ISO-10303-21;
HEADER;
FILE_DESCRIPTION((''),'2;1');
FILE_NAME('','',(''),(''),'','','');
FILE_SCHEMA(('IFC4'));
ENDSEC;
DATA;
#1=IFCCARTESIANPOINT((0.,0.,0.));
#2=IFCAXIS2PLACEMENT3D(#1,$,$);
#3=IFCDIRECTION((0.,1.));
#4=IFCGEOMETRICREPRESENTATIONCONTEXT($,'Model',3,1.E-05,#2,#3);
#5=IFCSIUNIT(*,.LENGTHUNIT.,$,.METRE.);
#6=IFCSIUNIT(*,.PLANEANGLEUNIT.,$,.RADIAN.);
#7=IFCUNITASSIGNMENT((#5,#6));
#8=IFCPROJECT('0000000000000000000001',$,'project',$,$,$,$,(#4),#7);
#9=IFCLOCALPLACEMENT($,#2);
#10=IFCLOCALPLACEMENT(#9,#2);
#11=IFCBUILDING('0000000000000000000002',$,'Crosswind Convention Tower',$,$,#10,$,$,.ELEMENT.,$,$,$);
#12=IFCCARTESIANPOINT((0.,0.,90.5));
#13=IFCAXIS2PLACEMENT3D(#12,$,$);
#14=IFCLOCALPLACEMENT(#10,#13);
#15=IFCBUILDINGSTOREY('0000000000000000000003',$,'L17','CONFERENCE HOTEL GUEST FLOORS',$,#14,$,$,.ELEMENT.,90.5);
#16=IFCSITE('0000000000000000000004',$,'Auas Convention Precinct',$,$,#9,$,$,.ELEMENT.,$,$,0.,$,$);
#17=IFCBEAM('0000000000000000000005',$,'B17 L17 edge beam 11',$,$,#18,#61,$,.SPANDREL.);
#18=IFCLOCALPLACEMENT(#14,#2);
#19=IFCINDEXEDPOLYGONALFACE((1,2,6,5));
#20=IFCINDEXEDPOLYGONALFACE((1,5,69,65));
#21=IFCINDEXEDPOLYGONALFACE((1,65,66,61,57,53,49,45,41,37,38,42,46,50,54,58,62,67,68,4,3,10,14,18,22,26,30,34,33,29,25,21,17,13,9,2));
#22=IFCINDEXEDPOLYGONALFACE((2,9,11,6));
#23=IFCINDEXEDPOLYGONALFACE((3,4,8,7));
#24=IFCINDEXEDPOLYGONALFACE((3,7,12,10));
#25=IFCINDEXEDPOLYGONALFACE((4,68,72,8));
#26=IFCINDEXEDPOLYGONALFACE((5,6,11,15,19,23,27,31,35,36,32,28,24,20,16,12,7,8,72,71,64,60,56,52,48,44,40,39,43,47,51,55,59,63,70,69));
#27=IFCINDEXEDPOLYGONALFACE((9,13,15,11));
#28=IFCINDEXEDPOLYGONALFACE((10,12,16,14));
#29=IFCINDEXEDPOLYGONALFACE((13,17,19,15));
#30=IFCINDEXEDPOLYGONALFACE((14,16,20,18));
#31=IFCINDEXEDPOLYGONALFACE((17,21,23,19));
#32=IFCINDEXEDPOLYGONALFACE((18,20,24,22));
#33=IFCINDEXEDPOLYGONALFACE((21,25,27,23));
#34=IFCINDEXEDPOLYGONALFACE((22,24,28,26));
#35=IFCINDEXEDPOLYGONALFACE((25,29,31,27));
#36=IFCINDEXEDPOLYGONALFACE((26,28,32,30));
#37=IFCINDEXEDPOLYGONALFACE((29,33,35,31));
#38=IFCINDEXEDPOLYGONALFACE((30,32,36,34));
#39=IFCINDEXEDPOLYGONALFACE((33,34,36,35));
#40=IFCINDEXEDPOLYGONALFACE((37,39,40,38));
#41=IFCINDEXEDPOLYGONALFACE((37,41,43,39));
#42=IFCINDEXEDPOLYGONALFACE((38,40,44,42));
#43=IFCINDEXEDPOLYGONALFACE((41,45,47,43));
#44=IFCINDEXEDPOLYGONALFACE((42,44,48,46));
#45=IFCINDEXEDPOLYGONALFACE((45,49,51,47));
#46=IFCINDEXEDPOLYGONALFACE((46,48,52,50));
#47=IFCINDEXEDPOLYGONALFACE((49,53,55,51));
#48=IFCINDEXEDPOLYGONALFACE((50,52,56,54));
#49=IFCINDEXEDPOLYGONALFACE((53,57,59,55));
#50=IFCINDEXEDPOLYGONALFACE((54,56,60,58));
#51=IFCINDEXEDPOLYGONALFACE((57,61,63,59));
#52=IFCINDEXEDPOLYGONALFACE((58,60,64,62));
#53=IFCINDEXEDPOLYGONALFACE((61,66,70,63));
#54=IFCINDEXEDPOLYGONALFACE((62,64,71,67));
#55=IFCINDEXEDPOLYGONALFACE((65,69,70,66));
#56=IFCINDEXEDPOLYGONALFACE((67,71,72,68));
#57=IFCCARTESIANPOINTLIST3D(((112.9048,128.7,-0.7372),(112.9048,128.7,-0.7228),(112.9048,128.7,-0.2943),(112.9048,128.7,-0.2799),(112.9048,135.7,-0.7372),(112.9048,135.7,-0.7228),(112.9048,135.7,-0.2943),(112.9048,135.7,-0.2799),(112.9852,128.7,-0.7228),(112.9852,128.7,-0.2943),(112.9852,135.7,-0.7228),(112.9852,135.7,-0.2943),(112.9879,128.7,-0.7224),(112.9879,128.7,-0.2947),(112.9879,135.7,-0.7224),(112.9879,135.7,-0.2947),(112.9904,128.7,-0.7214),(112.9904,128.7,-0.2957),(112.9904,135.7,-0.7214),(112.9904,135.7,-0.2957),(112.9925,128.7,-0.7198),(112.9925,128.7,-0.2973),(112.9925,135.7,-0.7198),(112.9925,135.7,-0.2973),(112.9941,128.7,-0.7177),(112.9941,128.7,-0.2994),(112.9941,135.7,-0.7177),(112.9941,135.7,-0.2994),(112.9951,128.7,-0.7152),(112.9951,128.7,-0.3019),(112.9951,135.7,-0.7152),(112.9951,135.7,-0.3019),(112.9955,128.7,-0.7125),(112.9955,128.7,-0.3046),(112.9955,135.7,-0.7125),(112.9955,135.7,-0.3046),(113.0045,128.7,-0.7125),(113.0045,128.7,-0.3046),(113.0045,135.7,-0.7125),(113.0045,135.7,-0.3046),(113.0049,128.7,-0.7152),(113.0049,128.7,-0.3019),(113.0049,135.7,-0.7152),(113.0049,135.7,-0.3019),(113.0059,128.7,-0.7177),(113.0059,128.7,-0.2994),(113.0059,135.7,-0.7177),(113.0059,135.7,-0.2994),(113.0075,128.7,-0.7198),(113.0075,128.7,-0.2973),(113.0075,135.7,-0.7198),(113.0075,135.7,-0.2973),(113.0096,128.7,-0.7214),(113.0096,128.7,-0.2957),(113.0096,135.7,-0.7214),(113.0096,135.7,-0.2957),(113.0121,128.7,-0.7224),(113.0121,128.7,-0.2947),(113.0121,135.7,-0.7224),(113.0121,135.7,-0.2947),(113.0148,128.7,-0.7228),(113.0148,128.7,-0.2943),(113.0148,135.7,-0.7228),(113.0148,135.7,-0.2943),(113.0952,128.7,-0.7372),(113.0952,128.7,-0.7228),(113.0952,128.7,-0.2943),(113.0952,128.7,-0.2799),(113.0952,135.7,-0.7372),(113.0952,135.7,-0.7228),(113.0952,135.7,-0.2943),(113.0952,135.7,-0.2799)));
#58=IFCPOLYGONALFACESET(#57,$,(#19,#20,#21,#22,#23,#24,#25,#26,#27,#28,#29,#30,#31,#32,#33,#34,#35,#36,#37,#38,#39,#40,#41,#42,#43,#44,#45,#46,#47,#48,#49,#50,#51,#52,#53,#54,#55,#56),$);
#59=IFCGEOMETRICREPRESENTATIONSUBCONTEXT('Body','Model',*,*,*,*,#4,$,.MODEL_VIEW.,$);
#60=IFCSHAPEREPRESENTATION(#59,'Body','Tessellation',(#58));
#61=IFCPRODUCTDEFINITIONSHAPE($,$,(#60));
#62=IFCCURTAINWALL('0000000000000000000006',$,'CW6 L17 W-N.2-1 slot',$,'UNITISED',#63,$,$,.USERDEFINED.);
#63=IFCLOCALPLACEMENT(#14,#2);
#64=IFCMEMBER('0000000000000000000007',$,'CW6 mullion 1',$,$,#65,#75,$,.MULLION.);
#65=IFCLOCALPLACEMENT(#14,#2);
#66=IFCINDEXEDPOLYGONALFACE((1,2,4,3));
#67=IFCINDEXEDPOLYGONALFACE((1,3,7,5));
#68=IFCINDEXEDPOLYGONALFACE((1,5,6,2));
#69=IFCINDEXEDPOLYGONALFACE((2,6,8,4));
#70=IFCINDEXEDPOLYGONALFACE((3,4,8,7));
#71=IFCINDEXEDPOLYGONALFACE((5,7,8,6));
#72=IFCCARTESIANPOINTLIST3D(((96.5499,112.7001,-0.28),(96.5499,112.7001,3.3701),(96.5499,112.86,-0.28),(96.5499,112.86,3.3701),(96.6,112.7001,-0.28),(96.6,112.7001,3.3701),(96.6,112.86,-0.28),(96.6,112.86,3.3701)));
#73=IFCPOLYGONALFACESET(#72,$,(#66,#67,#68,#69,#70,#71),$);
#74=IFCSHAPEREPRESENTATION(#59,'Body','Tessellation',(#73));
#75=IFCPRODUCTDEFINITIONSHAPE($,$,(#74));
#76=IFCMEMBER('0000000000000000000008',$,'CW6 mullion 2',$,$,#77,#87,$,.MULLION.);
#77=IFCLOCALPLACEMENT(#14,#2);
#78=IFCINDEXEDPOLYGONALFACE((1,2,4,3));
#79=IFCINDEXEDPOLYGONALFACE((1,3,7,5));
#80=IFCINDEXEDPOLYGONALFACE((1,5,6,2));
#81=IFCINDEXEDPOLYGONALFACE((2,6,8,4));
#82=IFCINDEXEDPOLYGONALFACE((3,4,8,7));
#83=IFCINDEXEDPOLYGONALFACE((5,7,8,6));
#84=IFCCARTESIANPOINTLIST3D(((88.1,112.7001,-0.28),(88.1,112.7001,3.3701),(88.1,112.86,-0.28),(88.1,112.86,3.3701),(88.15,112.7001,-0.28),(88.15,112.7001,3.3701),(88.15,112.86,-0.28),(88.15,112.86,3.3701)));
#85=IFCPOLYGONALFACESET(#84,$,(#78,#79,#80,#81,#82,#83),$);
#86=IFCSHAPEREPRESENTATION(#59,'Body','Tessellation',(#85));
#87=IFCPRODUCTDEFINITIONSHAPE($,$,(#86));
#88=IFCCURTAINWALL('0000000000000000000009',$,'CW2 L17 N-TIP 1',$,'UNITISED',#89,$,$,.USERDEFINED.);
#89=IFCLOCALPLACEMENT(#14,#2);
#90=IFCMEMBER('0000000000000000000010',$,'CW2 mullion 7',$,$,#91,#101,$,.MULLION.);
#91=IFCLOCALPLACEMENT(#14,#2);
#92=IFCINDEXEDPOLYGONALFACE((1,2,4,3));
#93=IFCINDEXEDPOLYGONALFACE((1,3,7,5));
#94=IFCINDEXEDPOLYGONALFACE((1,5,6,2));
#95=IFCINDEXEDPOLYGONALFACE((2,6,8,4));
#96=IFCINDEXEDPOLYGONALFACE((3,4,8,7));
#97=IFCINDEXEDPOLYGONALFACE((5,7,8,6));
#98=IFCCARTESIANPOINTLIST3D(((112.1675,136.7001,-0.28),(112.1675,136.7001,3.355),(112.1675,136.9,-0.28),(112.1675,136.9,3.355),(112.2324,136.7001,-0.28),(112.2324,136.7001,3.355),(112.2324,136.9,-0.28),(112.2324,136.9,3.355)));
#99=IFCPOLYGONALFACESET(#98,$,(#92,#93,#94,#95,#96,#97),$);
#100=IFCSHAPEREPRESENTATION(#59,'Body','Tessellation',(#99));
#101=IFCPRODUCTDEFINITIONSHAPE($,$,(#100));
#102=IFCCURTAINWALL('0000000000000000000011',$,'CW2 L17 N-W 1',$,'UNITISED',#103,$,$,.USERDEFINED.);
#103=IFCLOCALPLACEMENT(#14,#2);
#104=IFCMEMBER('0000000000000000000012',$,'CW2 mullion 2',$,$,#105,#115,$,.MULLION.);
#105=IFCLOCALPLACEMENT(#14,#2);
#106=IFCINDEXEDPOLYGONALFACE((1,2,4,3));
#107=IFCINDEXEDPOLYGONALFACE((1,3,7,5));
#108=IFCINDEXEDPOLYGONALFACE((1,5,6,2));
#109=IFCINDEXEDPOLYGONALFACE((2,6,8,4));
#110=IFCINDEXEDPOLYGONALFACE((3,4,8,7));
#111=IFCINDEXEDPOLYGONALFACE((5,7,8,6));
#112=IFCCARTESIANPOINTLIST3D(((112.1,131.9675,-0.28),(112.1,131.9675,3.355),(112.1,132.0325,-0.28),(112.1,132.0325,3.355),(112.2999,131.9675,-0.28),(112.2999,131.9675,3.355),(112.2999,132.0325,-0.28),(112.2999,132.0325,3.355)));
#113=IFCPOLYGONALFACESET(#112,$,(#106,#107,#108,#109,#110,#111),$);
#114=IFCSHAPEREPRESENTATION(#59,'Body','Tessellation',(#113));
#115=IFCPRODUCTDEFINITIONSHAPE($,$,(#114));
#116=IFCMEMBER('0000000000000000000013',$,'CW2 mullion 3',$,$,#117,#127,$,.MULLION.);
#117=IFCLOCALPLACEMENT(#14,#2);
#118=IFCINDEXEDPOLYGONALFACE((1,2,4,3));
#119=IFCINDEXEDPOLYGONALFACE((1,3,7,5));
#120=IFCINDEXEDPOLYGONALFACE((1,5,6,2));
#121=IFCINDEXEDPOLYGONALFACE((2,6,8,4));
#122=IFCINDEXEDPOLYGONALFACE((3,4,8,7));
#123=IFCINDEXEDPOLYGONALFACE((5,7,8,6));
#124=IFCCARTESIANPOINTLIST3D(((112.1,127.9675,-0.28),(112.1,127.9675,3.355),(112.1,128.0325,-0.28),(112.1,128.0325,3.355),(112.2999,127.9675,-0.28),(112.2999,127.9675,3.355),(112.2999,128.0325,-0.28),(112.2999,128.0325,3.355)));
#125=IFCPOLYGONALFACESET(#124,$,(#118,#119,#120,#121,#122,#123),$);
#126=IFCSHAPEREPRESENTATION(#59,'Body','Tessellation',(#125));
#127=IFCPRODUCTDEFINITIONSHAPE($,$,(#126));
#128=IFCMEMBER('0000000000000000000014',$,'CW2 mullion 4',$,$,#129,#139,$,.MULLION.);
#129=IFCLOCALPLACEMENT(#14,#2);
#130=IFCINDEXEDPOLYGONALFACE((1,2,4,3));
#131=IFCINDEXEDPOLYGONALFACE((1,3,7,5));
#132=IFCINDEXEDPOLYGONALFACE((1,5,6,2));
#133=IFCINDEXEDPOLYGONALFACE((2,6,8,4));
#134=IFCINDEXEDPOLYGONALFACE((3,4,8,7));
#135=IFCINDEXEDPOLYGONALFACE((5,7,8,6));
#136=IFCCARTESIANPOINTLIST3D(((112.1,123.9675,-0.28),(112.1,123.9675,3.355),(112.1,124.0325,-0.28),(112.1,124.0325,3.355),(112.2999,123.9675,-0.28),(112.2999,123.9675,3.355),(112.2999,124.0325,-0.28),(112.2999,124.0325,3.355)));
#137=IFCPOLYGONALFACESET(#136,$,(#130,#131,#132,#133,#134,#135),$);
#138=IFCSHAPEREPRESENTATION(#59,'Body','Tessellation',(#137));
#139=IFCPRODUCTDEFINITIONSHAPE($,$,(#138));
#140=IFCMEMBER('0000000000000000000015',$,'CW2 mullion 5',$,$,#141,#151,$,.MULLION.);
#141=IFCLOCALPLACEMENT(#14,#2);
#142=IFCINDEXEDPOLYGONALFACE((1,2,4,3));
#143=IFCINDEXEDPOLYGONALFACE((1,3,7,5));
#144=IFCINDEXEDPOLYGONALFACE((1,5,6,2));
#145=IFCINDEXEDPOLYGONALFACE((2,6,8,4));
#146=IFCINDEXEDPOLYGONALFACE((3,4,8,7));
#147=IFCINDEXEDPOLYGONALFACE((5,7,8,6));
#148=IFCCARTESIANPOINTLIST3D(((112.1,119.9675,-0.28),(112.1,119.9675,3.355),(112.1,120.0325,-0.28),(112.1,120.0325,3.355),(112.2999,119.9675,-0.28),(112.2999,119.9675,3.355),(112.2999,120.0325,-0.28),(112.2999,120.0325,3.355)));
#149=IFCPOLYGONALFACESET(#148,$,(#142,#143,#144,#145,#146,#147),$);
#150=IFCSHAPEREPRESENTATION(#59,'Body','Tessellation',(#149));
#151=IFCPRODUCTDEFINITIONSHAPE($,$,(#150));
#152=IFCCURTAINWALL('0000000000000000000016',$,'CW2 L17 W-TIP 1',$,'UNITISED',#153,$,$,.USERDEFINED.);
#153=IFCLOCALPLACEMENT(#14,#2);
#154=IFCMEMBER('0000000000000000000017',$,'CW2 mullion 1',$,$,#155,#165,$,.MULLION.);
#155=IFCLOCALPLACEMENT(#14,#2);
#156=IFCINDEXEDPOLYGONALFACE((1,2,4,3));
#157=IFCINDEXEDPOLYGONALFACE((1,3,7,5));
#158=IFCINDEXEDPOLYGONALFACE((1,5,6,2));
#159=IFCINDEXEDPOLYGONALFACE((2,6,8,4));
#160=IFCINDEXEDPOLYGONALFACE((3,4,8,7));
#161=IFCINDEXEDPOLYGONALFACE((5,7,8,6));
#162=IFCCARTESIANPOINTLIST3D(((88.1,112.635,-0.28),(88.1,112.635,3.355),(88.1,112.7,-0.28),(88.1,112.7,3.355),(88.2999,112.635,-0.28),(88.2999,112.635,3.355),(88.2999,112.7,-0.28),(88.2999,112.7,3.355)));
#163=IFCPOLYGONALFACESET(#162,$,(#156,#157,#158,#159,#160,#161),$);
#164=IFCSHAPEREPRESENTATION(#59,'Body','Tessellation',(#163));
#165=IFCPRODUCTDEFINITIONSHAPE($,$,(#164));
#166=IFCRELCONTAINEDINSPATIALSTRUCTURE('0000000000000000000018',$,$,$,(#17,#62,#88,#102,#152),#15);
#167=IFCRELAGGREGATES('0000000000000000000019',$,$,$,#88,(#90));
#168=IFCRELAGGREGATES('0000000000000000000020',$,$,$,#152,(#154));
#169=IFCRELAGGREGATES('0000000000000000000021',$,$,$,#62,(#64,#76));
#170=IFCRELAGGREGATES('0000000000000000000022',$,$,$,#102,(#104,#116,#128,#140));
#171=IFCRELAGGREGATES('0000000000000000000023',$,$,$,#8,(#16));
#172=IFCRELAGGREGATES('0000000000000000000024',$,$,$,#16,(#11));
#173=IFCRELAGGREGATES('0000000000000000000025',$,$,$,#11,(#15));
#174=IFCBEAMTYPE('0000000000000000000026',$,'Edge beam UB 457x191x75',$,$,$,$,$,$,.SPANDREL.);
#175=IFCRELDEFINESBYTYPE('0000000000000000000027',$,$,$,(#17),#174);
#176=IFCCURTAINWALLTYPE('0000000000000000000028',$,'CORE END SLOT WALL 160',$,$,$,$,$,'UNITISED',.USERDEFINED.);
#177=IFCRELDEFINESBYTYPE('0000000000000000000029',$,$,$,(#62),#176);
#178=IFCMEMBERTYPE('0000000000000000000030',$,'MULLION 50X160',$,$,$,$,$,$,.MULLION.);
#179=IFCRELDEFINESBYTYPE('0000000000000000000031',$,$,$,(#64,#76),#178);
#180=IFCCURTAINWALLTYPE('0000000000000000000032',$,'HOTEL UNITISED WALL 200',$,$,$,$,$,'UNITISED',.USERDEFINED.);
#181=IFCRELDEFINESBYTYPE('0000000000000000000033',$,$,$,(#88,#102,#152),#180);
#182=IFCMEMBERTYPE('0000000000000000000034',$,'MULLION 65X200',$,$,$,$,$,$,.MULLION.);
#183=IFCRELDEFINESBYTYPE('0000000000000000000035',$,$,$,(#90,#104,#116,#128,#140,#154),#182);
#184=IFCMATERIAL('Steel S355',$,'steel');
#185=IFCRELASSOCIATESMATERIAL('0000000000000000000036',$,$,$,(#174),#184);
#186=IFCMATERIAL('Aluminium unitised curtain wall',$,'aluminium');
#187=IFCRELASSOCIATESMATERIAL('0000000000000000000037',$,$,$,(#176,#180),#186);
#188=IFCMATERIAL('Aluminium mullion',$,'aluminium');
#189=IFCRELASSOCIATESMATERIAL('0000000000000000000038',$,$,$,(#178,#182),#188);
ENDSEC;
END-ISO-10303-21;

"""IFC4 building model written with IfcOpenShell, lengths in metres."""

from ifc_helpers import new_model, si_unit, direction, frame, origin, origin_2d, place, context, subcontext, project, spatial, rectangle, i_section, extrude, material, material_profile, profile_set, type_object, element, aggregate, save


model = new_model("IFC4")

# Units and contexts
model_context = context("Model", 3, precision=1e-05, world=origin(), true_north=direction((0.0, 1.0)))
body_context = subcontext(model_context, "Body", "Model", "MODEL_VIEW")
ifc_project = project(units=[si_unit("LENGTHUNIT", "METRE"), si_unit("PLANEANGLEUNIT", "RADIAN")], contexts=[model_context])

# Site, building, storey
site_placement = place(None, origin())
site = spatial("IfcSite", under=ifc_project, at=site_placement, Name="Auas Convention Precinct", CompositionType="ELEMENT", RefElevation=0.0)
building_placement = place(site_placement, origin())
building = spatial("IfcBuilding", under=site, at=building_placement, Name="Crosswind Convention Tower", CompositionType="ELEMENT")
storey_placement = place(building_placement, frame((0.0, 0.0, 90.5)))
storey = spatial("IfcBuildingStorey", under=building, at=storey_placement, Name="L17", Description="CONFERENCE HOTEL GUEST FLOORS", CompositionType="ELEMENT", Elevation=90.5)

# Beam
ifc_material_1 = material(Name="Steel S355", Category="steel")
ifc_material_profile_1 = material_profile(ifc_material_1, i_section(OverallWidth=0.1904, OverallDepth=0.4573, WebThickness=0.009, FlangeThickness=0.0144, FilletRadius=0.0103, at=origin_2d()), Name="UB 457x191x75")
ifc_profile_set_1 = profile_set([ifc_material_profile_1], Name="Steel S355")
beam_type_1 = type_object("IfcBeamType", Name="Edge beam UB 457x191x75", PredefinedType="SPANDREL", material=ifc_profile_set_1)
beam_1_placement = place(storey_placement, frame((113.0, 128.7, -0.5085), z_axis=(0.0, 1.0, 0.0), x_axis=(-1.0, 0.0, 0.0)))
element("IfcBeam", 1, at=beam_1_placement, inside=storey, type_object=beam_type_1, Name="B17 L17 edge beam 11", PredefinedType="SPANDREL", context=body_context, shape_type="SweptSolid", body=[
    extrude(i_section(OverallWidth=0.1904, OverallDepth=0.4573, WebThickness=0.009, FlangeThickness=0.0144, FilletRadius=0.0103, at=origin_2d()), origin(), (0.0, 0.0, 1.0), 7.0),
])

# Curtain wall, members
ifc_material_2 = material(Name="Aluminium unitised curtain wall", Category="aluminium")
curtain_wall_type_1 = type_object("IfcCurtainWallType", Name="CORE END SLOT WALL 160", ElementType="UNITISED", PredefinedType="USERDEFINED", material=ifc_material_2)
curtain_wall_1_placement = place(storey_placement, origin())
curtain_wall_1 = element("IfcCurtainWall", 2, at=curtain_wall_1_placement, inside=storey, type_object=curtain_wall_type_1, Name="CW6 L17 W-N.2-1 slot", ObjectType="UNITISED", PredefinedType="USERDEFINED")
ifc_material_3 = material(Name="Aluminium mullion", Category="aluminium")
ifc_material_profile_2 = material_profile(ifc_material_3, rectangle(XDim=0.1599, YDim=0.05, at=origin_2d()), Name="AL 160X50")
ifc_profile_set_2 = profile_set([ifc_material_profile_2], Name="Aluminium mullion")
member_type_1 = type_object("IfcMemberType", Name="MULLION 50X160", PredefinedType="MULLION", material=ifc_profile_set_2)
member_1_placement = place(storey_placement, frame((96.575, 112.78, -0.28), z_axis=(0.0, 0.0, 1.0), x_axis=(0.0, 1.0, 0.0)))
member_1 = element("IfcMember", 3, at=member_1_placement, type_object=member_type_1, Name="CW6 mullion 1", PredefinedType="MULLION", context=body_context, shape_type="SweptSolid", body=[
    extrude(rectangle(XDim=0.1599, YDim=0.05, at=origin_2d()), origin(), (0.0, 0.0, 1.0), 3.6501),
])
member_2_placement = place(storey_placement, frame((88.125, 112.78, -0.28), z_axis=(0.0, 0.0, 1.0), x_axis=(0.0, 1.0, 0.0)))
member_2 = element("IfcMember", 4, at=member_2_placement, type_object=member_type_1, Name="CW6 mullion 2", PredefinedType="MULLION", context=body_context, shape_type="SweptSolid", body=[
    extrude(rectangle(XDim=0.1599, YDim=0.05, at=origin_2d()), origin(), (0.0, 0.0, 1.0), 3.6501),
])

# Curtain wall, member
curtain_wall_type_2 = type_object("IfcCurtainWallType", Name="HOTEL UNITISED WALL 200", ElementType="UNITISED", PredefinedType="USERDEFINED", material=ifc_material_2)
curtain_wall_2_placement = place(storey_placement, origin())
curtain_wall_2 = element("IfcCurtainWall", 5, at=curtain_wall_2_placement, inside=storey, type_object=curtain_wall_type_2, Name="CW2 L17 N-TIP 1", ObjectType="UNITISED", PredefinedType="USERDEFINED")
ifc_material_profile_3 = material_profile(ifc_material_3, rectangle(XDim=0.2, YDim=0.0649, at=origin_2d()), Name="AL 200X65")
ifc_profile_set_3 = profile_set([ifc_material_profile_3], Name="Aluminium mullion")
member_type_2 = type_object("IfcMemberType", Name="MULLION 65X200", PredefinedType="MULLION", material=ifc_profile_set_3)
member_3_placement = place(storey_placement, frame((112.2, 136.8, -0.28), z_axis=(0.0, 0.0, 1.0), x_axis=(0.0, 1.0, 0.0)))
member_3 = element("IfcMember", 6, at=member_3_placement, type_object=member_type_2, Name="CW2 mullion 7", PredefinedType="MULLION", context=body_context, shape_type="SweptSolid", body=[
    extrude(rectangle(XDim=0.2, YDim=0.0649, at=origin_2d()), origin(), (0.0, 0.0, 1.0), 3.635),
])
aggregate(curtain_wall_2, [member_3])

# Curtain wall, members
curtain_wall_3_placement = place(storey_placement, origin())
curtain_wall_3 = element("IfcCurtainWall", 7, at=curtain_wall_3_placement, inside=storey, type_object=curtain_wall_type_2, Name="CW2 L17 N-W 1", ObjectType="UNITISED", PredefinedType="USERDEFINED")
member_4_placement = place(storey_placement, frame((112.2, 132.0, -0.28), z_axis=(0.0, 0.0, 1.0), x_axis=(-1.0, 0.0, 0.0)))
member_4 = element("IfcMember", 8, at=member_4_placement, type_object=member_type_2, Name="CW2 mullion 2", PredefinedType="MULLION", context=body_context, shape_type="SweptSolid", body=[
    extrude(rectangle(XDim=0.2, YDim=0.0649, at=origin_2d()), origin(), (0.0, 0.0, 1.0), 3.635),
])
member_5_placement = place(storey_placement, frame((112.2, 128.0, -0.28), z_axis=(0.0, 0.0, 1.0), x_axis=(-1.0, 0.0, 0.0)))
member_5 = element("IfcMember", 9, at=member_5_placement, type_object=member_type_2, Name="CW2 mullion 3", PredefinedType="MULLION", context=body_context, shape_type="SweptSolid", body=[
    extrude(rectangle(XDim=0.2, YDim=0.0649, at=origin_2d()), origin(), (0.0, 0.0, 1.0), 3.635),
])
member_6_placement = place(storey_placement, frame((112.2, 124.0, -0.28), z_axis=(0.0, 0.0, 1.0), x_axis=(-1.0, 0.0, 0.0)))
member_6 = element("IfcMember", 10, at=member_6_placement, type_object=member_type_2, Name="CW2 mullion 4", PredefinedType="MULLION", context=body_context, shape_type="SweptSolid", body=[
    extrude(rectangle(XDim=0.2, YDim=0.0649, at=origin_2d()), origin(), (0.0, 0.0, 1.0), 3.635),
])
member_7_placement = place(storey_placement, frame((112.2, 120.0, -0.28), z_axis=(0.0, 0.0, 1.0), x_axis=(-1.0, 0.0, 0.0)))
member_7 = element("IfcMember", 11, at=member_7_placement, type_object=member_type_2, Name="CW2 mullion 5", PredefinedType="MULLION", context=body_context, shape_type="SweptSolid", body=[
    extrude(rectangle(XDim=0.2, YDim=0.0649, at=origin_2d()), origin(), (0.0, 0.0, 1.0), 3.635),
])

# Curtain wall, member
curtain_wall_4_placement = place(storey_placement, origin())
curtain_wall_4 = element("IfcCurtainWall", 12, at=curtain_wall_4_placement, inside=storey, type_object=curtain_wall_type_2, Name="CW2 L17 W-TIP 1", ObjectType="UNITISED", PredefinedType="USERDEFINED")
member_8_placement = place(storey_placement, frame((88.2, 112.6675, -0.28), z_axis=(0.0, 0.0, 1.0), x_axis=(-1.0, 0.0, 0.0)))
member_8 = element("IfcMember", 13, at=member_8_placement, type_object=member_type_2, Name="CW2 mullion 1", PredefinedType="MULLION", context=body_context, shape_type="SweptSolid", body=[
    extrude(rectangle(XDim=0.2, YDim=0.0649, at=origin_2d()), origin(), (0.0, 0.0, 1.0), 3.635),
])

aggregate(curtain_wall_4, [member_8])

aggregate(curtain_wall_1, [member_1, member_2])

aggregate(curtain_wall_3, [member_4, member_5, member_6, member_7])

save(model, "model.ifc")
